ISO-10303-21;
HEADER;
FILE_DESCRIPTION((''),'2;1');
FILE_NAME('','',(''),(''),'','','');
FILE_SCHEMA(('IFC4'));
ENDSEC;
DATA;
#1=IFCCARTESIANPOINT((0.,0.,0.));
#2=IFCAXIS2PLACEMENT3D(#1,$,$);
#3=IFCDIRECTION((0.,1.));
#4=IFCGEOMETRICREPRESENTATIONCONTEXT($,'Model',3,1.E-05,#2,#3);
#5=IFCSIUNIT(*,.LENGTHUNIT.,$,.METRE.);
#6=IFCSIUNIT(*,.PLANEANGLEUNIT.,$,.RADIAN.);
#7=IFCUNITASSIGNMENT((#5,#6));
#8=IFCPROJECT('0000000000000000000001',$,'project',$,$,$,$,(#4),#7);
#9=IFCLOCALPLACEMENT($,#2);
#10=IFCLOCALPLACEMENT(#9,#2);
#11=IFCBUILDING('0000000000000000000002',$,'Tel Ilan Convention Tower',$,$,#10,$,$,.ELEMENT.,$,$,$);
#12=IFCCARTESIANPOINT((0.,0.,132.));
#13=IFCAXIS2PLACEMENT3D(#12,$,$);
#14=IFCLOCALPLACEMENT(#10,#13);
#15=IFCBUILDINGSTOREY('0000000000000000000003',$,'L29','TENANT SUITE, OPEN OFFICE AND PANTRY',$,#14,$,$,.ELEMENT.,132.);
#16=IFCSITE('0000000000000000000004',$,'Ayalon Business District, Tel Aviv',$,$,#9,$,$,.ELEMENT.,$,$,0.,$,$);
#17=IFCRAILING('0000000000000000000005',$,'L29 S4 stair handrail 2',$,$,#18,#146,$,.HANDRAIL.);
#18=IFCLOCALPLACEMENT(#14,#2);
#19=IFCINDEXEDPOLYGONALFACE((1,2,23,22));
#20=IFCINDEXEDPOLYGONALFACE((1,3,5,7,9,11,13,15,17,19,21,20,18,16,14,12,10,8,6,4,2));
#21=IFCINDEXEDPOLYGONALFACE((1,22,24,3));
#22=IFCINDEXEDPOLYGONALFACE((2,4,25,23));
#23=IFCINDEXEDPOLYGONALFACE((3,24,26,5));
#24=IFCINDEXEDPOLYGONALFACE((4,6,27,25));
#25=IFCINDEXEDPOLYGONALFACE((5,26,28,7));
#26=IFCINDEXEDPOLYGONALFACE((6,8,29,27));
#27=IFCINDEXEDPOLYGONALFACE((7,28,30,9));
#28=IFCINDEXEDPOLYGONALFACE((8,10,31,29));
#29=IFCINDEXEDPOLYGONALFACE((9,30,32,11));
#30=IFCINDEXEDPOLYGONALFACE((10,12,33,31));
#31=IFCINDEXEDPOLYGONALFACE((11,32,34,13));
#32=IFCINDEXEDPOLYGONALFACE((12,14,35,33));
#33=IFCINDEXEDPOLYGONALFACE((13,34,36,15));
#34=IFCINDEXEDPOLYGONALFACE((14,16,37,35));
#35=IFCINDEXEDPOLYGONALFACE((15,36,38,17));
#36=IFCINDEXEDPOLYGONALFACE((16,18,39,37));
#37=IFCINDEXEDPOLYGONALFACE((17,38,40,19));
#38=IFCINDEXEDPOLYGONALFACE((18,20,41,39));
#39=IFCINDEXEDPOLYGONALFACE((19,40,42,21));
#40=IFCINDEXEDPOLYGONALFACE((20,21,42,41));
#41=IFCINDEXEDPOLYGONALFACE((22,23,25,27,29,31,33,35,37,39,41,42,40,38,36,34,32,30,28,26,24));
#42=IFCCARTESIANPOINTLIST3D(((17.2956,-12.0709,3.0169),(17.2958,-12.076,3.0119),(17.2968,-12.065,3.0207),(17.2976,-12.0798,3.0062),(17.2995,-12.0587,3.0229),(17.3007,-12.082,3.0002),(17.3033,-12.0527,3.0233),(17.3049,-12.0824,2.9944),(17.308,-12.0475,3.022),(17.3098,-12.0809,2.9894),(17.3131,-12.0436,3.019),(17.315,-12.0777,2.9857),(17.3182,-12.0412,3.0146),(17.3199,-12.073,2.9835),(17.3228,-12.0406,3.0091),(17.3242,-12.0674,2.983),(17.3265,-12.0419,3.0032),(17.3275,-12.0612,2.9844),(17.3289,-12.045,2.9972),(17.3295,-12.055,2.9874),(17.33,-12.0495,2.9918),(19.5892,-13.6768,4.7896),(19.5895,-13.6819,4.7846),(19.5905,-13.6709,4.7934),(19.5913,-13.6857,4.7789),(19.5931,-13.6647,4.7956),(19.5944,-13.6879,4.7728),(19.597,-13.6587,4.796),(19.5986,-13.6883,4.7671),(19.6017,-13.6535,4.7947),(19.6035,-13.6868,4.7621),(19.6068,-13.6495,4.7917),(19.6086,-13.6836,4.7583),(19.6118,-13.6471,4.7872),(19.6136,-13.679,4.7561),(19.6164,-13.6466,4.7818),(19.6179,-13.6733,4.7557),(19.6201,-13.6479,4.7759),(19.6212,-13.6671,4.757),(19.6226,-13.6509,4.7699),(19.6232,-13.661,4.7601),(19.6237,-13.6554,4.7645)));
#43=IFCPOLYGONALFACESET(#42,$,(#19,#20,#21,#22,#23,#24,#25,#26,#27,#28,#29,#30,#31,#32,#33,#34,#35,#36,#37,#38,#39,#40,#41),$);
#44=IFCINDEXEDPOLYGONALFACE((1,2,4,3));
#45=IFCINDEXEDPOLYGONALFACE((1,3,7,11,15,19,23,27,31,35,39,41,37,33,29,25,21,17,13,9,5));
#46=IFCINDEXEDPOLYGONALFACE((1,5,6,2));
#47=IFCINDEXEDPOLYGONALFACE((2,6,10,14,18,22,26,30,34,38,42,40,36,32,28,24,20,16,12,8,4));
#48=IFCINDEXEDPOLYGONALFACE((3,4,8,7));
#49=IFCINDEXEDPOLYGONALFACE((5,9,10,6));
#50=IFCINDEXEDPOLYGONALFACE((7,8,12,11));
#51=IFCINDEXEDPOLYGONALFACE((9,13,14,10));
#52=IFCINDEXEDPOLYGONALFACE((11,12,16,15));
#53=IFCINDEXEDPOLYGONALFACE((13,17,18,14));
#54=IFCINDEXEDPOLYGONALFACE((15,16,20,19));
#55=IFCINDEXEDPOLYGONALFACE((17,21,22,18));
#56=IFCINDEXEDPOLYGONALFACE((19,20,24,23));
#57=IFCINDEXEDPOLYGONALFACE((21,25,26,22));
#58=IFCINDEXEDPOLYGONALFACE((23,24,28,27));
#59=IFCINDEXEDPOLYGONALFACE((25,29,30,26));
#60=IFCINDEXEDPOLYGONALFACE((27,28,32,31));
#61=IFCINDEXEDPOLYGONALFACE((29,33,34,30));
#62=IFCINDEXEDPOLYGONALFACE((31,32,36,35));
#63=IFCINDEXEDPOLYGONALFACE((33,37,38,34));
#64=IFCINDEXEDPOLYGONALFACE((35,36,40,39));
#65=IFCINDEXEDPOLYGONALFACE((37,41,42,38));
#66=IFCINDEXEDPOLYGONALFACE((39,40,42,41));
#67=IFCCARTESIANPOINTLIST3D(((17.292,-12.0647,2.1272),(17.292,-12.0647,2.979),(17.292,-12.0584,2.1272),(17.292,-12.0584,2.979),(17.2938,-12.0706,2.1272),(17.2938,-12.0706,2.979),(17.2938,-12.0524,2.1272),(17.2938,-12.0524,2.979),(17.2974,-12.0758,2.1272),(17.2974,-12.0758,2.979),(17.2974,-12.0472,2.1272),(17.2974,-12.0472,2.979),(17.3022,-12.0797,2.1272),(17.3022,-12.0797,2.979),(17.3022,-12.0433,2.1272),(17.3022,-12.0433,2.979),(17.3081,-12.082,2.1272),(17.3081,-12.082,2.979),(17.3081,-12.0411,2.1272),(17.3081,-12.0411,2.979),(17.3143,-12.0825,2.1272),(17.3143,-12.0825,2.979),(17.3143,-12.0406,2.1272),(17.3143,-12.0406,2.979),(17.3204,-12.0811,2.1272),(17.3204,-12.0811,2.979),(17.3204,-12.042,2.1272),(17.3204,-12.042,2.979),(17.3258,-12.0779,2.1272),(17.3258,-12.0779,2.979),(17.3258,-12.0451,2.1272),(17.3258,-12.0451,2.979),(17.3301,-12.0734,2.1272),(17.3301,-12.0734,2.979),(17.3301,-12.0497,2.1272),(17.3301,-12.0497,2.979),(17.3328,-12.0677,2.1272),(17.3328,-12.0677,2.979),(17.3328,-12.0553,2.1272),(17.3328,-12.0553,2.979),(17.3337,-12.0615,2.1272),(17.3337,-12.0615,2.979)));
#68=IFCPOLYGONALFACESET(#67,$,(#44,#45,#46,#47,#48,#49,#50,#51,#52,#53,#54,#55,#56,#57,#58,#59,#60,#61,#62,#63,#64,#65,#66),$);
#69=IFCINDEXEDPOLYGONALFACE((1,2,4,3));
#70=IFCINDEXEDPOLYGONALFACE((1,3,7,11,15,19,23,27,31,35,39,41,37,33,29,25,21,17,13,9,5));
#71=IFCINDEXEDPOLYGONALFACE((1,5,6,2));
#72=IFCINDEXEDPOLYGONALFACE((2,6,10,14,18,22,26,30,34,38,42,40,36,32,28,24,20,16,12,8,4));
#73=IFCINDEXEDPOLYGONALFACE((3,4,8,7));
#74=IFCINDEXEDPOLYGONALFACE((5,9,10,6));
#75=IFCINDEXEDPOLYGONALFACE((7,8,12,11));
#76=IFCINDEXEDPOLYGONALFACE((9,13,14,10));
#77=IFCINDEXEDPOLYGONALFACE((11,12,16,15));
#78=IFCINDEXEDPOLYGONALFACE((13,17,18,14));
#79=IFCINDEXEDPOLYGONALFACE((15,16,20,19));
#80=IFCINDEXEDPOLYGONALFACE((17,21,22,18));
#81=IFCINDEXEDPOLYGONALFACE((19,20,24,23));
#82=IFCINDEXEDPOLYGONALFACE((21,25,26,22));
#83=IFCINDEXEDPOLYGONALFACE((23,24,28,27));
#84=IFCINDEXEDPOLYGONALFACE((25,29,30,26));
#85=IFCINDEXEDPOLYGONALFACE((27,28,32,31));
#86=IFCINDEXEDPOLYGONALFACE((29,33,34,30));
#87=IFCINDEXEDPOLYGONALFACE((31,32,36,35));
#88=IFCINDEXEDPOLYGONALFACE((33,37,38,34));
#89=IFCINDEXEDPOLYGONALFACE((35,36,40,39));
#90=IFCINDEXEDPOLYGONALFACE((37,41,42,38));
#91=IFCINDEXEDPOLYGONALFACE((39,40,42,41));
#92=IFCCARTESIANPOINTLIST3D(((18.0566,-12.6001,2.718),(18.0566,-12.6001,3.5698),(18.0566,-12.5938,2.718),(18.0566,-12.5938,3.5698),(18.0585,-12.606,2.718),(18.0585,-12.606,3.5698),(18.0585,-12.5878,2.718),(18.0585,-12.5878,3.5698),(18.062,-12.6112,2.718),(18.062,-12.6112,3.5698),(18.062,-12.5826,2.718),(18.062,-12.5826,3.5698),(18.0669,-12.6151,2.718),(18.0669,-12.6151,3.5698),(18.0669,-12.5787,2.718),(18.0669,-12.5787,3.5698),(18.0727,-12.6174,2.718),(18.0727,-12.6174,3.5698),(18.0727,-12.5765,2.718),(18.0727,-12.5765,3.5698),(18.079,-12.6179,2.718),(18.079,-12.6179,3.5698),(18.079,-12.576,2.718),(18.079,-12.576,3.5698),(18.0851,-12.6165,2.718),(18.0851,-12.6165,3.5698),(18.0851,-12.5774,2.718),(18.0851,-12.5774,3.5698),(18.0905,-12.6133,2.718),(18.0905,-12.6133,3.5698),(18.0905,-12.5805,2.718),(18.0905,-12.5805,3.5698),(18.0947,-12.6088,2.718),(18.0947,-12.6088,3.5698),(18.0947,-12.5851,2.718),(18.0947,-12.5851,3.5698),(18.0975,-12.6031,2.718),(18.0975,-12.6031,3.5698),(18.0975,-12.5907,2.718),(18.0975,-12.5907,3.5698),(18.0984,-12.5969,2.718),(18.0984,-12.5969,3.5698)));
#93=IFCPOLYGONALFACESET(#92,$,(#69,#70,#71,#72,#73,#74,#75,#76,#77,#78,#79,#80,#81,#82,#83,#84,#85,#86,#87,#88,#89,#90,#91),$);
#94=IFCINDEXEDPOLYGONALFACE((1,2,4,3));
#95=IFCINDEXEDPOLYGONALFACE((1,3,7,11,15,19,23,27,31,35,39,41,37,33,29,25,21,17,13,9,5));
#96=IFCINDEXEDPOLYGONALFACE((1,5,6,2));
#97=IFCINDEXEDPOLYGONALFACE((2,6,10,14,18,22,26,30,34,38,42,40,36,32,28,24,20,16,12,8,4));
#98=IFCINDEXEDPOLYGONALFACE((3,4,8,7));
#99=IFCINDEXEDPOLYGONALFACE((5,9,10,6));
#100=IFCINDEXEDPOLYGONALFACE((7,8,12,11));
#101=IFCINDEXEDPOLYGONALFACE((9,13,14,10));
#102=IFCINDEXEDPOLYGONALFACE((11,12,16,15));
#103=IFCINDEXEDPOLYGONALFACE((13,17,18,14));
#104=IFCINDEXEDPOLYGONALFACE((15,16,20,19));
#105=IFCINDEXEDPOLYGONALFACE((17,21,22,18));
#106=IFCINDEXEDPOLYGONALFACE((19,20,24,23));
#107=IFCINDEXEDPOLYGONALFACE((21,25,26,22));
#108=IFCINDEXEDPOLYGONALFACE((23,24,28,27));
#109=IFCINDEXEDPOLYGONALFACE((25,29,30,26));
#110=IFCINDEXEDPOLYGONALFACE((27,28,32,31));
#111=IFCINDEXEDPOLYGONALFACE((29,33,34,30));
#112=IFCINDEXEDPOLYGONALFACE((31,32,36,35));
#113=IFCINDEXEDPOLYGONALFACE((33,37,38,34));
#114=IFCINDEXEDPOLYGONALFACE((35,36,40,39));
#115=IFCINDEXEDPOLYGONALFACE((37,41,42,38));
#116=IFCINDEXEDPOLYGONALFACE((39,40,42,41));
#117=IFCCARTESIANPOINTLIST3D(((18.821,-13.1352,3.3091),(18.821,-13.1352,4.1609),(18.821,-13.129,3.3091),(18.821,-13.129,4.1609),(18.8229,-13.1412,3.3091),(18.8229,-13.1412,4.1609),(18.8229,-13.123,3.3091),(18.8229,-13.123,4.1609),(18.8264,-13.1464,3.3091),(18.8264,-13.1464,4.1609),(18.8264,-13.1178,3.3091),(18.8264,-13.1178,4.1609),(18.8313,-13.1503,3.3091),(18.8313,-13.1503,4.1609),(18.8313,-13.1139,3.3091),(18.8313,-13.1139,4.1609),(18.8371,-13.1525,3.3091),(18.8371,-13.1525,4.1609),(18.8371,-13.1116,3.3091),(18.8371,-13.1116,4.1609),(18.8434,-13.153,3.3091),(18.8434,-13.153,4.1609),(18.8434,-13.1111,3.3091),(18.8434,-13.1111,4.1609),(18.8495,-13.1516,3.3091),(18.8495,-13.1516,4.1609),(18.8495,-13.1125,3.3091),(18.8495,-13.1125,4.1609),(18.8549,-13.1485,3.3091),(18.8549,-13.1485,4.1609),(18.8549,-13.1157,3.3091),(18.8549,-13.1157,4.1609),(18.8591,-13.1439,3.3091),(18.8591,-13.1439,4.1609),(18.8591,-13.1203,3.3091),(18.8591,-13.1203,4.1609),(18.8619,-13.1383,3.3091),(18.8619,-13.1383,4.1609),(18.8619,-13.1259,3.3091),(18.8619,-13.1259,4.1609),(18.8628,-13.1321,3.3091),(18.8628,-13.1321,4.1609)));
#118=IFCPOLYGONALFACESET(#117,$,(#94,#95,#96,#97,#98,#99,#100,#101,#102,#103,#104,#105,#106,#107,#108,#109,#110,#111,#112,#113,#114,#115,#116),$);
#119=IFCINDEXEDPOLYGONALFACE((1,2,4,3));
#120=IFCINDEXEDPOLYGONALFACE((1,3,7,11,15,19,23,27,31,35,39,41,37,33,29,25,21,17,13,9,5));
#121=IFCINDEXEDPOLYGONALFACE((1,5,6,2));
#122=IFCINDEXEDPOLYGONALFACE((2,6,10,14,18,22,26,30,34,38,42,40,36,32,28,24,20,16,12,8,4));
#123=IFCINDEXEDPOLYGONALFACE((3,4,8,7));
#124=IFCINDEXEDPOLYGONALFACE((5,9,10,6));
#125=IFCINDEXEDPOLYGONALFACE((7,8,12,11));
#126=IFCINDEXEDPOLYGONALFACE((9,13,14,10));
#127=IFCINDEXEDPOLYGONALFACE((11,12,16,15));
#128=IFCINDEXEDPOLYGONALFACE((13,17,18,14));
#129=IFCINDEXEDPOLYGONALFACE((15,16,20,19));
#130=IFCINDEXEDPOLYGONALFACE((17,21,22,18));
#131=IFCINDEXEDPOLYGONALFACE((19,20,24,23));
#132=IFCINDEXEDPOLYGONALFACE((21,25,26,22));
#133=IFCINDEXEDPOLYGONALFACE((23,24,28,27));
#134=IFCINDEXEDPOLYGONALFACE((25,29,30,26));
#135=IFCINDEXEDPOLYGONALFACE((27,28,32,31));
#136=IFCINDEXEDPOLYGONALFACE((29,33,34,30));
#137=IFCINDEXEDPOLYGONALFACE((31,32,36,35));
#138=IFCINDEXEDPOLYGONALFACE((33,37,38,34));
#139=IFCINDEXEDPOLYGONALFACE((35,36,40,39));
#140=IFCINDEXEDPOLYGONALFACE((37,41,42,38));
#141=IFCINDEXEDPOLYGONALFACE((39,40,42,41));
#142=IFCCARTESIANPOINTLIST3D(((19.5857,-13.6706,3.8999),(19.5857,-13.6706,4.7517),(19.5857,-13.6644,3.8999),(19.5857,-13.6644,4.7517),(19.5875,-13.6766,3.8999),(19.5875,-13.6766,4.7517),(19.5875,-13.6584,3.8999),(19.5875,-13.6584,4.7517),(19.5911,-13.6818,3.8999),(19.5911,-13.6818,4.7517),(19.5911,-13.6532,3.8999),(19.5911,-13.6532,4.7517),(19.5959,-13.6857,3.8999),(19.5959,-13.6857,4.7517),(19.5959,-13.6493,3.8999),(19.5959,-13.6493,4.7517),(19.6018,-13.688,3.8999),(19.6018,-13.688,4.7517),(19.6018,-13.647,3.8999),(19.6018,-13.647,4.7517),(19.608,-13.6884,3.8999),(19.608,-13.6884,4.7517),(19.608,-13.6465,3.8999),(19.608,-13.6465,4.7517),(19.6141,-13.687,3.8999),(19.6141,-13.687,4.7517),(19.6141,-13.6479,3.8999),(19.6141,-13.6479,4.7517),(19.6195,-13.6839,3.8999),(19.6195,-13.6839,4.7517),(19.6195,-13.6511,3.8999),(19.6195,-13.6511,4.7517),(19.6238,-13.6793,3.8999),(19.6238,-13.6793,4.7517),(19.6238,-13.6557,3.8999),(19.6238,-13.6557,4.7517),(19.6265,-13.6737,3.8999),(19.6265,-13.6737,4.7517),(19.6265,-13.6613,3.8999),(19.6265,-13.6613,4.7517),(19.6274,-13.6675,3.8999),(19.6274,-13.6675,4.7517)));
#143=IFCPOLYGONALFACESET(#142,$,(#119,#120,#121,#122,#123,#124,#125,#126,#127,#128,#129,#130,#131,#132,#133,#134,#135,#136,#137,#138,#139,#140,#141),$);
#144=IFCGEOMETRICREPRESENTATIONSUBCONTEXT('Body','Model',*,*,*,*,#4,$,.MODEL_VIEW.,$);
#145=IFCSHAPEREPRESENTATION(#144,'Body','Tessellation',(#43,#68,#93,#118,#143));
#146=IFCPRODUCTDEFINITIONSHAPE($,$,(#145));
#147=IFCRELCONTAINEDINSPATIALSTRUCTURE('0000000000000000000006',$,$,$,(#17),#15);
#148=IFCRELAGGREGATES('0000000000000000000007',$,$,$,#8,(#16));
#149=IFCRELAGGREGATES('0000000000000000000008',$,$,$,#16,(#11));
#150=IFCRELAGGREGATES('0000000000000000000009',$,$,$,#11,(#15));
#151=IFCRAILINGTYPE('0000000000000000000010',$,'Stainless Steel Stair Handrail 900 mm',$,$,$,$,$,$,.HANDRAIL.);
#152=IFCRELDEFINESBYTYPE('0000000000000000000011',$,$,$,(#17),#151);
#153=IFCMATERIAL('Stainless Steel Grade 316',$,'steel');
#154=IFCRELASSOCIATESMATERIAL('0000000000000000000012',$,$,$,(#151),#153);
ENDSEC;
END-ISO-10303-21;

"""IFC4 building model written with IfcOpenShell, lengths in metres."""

from ifc_helpers import new_model, si_unit, direction, frame, origin, origin_2d, place, context, subcontext, project, spatial, circle, extrude, material, type_object, element, save


model = new_model("IFC4")

# Units and contexts
model_context = context("Model", 3, precision=1e-05, world=origin(), true_north=direction((0.0, 1.0)))
body_context = subcontext(model_context, "Body", "Model", "MODEL_VIEW")
ifc_project = project(units=[si_unit("LENGTHUNIT", "METRE"), si_unit("PLANEANGLEUNIT", "RADIAN")], contexts=[model_context])

# Site, building, storey
site_placement = place(None, origin())
site = spatial("IfcSite", under=ifc_project, at=site_placement, Name="Ayalon Business District, Tel Aviv", CompositionType="ELEMENT", RefElevation=0.0)
building_placement = place(site_placement, origin())
building = spatial("IfcBuilding", under=site, at=building_placement, Name="Tel Ilan Convention Tower", CompositionType="ELEMENT")
storey_placement = place(building_placement, frame((0.0, 0.0, 132.0)))
storey = spatial("IfcBuildingStorey", under=building, at=storey_placement, Name="L29", Description="TENANT SUITE, OPEN OFFICE AND PANTRY", CompositionType="ELEMENT", Elevation=132.0)

# Railing
ifc_material_1 = material(Name="Stainless Steel Grade 316", Category="steel")
railing_type_1 = type_object("IfcRailingType", Name="Stainless Steel Stair Handrail 900 mm", PredefinedType="HANDRAIL", material=ifc_material_1)
railing_1_placement = place(storey_placement, frame((17.3127, -12.0615, 2.1272)))
element("IfcRailing", 1, at=railing_1_placement, inside=storey, type_object=railing_type_1, Name="L29 S4 stair handrail 2", PredefinedType="HANDRAIL", context=body_context, shape_type="SweptSolid", body=[
    extrude(circle(Radius=0.0239, at=origin_2d()), frame((0.0, 0.0, 0.876), z_axis=(0.692123, -0.484597, 0.534913), x_axis=(0.57355, 0.81917, 0.0)), (0.0, 0.0, 1.0), 3.314),
    extrude(circle(Radius=0.021, at=origin_2d()), origin(), (0.0, 0.0, 1.0), 0.8518),
    extrude(circle(Radius=0.021, at=origin_2d()), frame((0.7646, -0.5354, 0.5908)), (0.0, 0.0, 1.0), 0.8518),
    extrude(circle(Radius=0.021, at=origin_2d()), frame((1.5291, -1.0706, 1.1819)), (0.0, 0.0, 1.0), 0.8518),
    extrude(circle(Radius=0.021, at=origin_2d()), frame((2.2937, -1.606, 1.7727)), (0.0, 0.0, 1.0), 0.8518),
])

save(model, "model.ifc")
